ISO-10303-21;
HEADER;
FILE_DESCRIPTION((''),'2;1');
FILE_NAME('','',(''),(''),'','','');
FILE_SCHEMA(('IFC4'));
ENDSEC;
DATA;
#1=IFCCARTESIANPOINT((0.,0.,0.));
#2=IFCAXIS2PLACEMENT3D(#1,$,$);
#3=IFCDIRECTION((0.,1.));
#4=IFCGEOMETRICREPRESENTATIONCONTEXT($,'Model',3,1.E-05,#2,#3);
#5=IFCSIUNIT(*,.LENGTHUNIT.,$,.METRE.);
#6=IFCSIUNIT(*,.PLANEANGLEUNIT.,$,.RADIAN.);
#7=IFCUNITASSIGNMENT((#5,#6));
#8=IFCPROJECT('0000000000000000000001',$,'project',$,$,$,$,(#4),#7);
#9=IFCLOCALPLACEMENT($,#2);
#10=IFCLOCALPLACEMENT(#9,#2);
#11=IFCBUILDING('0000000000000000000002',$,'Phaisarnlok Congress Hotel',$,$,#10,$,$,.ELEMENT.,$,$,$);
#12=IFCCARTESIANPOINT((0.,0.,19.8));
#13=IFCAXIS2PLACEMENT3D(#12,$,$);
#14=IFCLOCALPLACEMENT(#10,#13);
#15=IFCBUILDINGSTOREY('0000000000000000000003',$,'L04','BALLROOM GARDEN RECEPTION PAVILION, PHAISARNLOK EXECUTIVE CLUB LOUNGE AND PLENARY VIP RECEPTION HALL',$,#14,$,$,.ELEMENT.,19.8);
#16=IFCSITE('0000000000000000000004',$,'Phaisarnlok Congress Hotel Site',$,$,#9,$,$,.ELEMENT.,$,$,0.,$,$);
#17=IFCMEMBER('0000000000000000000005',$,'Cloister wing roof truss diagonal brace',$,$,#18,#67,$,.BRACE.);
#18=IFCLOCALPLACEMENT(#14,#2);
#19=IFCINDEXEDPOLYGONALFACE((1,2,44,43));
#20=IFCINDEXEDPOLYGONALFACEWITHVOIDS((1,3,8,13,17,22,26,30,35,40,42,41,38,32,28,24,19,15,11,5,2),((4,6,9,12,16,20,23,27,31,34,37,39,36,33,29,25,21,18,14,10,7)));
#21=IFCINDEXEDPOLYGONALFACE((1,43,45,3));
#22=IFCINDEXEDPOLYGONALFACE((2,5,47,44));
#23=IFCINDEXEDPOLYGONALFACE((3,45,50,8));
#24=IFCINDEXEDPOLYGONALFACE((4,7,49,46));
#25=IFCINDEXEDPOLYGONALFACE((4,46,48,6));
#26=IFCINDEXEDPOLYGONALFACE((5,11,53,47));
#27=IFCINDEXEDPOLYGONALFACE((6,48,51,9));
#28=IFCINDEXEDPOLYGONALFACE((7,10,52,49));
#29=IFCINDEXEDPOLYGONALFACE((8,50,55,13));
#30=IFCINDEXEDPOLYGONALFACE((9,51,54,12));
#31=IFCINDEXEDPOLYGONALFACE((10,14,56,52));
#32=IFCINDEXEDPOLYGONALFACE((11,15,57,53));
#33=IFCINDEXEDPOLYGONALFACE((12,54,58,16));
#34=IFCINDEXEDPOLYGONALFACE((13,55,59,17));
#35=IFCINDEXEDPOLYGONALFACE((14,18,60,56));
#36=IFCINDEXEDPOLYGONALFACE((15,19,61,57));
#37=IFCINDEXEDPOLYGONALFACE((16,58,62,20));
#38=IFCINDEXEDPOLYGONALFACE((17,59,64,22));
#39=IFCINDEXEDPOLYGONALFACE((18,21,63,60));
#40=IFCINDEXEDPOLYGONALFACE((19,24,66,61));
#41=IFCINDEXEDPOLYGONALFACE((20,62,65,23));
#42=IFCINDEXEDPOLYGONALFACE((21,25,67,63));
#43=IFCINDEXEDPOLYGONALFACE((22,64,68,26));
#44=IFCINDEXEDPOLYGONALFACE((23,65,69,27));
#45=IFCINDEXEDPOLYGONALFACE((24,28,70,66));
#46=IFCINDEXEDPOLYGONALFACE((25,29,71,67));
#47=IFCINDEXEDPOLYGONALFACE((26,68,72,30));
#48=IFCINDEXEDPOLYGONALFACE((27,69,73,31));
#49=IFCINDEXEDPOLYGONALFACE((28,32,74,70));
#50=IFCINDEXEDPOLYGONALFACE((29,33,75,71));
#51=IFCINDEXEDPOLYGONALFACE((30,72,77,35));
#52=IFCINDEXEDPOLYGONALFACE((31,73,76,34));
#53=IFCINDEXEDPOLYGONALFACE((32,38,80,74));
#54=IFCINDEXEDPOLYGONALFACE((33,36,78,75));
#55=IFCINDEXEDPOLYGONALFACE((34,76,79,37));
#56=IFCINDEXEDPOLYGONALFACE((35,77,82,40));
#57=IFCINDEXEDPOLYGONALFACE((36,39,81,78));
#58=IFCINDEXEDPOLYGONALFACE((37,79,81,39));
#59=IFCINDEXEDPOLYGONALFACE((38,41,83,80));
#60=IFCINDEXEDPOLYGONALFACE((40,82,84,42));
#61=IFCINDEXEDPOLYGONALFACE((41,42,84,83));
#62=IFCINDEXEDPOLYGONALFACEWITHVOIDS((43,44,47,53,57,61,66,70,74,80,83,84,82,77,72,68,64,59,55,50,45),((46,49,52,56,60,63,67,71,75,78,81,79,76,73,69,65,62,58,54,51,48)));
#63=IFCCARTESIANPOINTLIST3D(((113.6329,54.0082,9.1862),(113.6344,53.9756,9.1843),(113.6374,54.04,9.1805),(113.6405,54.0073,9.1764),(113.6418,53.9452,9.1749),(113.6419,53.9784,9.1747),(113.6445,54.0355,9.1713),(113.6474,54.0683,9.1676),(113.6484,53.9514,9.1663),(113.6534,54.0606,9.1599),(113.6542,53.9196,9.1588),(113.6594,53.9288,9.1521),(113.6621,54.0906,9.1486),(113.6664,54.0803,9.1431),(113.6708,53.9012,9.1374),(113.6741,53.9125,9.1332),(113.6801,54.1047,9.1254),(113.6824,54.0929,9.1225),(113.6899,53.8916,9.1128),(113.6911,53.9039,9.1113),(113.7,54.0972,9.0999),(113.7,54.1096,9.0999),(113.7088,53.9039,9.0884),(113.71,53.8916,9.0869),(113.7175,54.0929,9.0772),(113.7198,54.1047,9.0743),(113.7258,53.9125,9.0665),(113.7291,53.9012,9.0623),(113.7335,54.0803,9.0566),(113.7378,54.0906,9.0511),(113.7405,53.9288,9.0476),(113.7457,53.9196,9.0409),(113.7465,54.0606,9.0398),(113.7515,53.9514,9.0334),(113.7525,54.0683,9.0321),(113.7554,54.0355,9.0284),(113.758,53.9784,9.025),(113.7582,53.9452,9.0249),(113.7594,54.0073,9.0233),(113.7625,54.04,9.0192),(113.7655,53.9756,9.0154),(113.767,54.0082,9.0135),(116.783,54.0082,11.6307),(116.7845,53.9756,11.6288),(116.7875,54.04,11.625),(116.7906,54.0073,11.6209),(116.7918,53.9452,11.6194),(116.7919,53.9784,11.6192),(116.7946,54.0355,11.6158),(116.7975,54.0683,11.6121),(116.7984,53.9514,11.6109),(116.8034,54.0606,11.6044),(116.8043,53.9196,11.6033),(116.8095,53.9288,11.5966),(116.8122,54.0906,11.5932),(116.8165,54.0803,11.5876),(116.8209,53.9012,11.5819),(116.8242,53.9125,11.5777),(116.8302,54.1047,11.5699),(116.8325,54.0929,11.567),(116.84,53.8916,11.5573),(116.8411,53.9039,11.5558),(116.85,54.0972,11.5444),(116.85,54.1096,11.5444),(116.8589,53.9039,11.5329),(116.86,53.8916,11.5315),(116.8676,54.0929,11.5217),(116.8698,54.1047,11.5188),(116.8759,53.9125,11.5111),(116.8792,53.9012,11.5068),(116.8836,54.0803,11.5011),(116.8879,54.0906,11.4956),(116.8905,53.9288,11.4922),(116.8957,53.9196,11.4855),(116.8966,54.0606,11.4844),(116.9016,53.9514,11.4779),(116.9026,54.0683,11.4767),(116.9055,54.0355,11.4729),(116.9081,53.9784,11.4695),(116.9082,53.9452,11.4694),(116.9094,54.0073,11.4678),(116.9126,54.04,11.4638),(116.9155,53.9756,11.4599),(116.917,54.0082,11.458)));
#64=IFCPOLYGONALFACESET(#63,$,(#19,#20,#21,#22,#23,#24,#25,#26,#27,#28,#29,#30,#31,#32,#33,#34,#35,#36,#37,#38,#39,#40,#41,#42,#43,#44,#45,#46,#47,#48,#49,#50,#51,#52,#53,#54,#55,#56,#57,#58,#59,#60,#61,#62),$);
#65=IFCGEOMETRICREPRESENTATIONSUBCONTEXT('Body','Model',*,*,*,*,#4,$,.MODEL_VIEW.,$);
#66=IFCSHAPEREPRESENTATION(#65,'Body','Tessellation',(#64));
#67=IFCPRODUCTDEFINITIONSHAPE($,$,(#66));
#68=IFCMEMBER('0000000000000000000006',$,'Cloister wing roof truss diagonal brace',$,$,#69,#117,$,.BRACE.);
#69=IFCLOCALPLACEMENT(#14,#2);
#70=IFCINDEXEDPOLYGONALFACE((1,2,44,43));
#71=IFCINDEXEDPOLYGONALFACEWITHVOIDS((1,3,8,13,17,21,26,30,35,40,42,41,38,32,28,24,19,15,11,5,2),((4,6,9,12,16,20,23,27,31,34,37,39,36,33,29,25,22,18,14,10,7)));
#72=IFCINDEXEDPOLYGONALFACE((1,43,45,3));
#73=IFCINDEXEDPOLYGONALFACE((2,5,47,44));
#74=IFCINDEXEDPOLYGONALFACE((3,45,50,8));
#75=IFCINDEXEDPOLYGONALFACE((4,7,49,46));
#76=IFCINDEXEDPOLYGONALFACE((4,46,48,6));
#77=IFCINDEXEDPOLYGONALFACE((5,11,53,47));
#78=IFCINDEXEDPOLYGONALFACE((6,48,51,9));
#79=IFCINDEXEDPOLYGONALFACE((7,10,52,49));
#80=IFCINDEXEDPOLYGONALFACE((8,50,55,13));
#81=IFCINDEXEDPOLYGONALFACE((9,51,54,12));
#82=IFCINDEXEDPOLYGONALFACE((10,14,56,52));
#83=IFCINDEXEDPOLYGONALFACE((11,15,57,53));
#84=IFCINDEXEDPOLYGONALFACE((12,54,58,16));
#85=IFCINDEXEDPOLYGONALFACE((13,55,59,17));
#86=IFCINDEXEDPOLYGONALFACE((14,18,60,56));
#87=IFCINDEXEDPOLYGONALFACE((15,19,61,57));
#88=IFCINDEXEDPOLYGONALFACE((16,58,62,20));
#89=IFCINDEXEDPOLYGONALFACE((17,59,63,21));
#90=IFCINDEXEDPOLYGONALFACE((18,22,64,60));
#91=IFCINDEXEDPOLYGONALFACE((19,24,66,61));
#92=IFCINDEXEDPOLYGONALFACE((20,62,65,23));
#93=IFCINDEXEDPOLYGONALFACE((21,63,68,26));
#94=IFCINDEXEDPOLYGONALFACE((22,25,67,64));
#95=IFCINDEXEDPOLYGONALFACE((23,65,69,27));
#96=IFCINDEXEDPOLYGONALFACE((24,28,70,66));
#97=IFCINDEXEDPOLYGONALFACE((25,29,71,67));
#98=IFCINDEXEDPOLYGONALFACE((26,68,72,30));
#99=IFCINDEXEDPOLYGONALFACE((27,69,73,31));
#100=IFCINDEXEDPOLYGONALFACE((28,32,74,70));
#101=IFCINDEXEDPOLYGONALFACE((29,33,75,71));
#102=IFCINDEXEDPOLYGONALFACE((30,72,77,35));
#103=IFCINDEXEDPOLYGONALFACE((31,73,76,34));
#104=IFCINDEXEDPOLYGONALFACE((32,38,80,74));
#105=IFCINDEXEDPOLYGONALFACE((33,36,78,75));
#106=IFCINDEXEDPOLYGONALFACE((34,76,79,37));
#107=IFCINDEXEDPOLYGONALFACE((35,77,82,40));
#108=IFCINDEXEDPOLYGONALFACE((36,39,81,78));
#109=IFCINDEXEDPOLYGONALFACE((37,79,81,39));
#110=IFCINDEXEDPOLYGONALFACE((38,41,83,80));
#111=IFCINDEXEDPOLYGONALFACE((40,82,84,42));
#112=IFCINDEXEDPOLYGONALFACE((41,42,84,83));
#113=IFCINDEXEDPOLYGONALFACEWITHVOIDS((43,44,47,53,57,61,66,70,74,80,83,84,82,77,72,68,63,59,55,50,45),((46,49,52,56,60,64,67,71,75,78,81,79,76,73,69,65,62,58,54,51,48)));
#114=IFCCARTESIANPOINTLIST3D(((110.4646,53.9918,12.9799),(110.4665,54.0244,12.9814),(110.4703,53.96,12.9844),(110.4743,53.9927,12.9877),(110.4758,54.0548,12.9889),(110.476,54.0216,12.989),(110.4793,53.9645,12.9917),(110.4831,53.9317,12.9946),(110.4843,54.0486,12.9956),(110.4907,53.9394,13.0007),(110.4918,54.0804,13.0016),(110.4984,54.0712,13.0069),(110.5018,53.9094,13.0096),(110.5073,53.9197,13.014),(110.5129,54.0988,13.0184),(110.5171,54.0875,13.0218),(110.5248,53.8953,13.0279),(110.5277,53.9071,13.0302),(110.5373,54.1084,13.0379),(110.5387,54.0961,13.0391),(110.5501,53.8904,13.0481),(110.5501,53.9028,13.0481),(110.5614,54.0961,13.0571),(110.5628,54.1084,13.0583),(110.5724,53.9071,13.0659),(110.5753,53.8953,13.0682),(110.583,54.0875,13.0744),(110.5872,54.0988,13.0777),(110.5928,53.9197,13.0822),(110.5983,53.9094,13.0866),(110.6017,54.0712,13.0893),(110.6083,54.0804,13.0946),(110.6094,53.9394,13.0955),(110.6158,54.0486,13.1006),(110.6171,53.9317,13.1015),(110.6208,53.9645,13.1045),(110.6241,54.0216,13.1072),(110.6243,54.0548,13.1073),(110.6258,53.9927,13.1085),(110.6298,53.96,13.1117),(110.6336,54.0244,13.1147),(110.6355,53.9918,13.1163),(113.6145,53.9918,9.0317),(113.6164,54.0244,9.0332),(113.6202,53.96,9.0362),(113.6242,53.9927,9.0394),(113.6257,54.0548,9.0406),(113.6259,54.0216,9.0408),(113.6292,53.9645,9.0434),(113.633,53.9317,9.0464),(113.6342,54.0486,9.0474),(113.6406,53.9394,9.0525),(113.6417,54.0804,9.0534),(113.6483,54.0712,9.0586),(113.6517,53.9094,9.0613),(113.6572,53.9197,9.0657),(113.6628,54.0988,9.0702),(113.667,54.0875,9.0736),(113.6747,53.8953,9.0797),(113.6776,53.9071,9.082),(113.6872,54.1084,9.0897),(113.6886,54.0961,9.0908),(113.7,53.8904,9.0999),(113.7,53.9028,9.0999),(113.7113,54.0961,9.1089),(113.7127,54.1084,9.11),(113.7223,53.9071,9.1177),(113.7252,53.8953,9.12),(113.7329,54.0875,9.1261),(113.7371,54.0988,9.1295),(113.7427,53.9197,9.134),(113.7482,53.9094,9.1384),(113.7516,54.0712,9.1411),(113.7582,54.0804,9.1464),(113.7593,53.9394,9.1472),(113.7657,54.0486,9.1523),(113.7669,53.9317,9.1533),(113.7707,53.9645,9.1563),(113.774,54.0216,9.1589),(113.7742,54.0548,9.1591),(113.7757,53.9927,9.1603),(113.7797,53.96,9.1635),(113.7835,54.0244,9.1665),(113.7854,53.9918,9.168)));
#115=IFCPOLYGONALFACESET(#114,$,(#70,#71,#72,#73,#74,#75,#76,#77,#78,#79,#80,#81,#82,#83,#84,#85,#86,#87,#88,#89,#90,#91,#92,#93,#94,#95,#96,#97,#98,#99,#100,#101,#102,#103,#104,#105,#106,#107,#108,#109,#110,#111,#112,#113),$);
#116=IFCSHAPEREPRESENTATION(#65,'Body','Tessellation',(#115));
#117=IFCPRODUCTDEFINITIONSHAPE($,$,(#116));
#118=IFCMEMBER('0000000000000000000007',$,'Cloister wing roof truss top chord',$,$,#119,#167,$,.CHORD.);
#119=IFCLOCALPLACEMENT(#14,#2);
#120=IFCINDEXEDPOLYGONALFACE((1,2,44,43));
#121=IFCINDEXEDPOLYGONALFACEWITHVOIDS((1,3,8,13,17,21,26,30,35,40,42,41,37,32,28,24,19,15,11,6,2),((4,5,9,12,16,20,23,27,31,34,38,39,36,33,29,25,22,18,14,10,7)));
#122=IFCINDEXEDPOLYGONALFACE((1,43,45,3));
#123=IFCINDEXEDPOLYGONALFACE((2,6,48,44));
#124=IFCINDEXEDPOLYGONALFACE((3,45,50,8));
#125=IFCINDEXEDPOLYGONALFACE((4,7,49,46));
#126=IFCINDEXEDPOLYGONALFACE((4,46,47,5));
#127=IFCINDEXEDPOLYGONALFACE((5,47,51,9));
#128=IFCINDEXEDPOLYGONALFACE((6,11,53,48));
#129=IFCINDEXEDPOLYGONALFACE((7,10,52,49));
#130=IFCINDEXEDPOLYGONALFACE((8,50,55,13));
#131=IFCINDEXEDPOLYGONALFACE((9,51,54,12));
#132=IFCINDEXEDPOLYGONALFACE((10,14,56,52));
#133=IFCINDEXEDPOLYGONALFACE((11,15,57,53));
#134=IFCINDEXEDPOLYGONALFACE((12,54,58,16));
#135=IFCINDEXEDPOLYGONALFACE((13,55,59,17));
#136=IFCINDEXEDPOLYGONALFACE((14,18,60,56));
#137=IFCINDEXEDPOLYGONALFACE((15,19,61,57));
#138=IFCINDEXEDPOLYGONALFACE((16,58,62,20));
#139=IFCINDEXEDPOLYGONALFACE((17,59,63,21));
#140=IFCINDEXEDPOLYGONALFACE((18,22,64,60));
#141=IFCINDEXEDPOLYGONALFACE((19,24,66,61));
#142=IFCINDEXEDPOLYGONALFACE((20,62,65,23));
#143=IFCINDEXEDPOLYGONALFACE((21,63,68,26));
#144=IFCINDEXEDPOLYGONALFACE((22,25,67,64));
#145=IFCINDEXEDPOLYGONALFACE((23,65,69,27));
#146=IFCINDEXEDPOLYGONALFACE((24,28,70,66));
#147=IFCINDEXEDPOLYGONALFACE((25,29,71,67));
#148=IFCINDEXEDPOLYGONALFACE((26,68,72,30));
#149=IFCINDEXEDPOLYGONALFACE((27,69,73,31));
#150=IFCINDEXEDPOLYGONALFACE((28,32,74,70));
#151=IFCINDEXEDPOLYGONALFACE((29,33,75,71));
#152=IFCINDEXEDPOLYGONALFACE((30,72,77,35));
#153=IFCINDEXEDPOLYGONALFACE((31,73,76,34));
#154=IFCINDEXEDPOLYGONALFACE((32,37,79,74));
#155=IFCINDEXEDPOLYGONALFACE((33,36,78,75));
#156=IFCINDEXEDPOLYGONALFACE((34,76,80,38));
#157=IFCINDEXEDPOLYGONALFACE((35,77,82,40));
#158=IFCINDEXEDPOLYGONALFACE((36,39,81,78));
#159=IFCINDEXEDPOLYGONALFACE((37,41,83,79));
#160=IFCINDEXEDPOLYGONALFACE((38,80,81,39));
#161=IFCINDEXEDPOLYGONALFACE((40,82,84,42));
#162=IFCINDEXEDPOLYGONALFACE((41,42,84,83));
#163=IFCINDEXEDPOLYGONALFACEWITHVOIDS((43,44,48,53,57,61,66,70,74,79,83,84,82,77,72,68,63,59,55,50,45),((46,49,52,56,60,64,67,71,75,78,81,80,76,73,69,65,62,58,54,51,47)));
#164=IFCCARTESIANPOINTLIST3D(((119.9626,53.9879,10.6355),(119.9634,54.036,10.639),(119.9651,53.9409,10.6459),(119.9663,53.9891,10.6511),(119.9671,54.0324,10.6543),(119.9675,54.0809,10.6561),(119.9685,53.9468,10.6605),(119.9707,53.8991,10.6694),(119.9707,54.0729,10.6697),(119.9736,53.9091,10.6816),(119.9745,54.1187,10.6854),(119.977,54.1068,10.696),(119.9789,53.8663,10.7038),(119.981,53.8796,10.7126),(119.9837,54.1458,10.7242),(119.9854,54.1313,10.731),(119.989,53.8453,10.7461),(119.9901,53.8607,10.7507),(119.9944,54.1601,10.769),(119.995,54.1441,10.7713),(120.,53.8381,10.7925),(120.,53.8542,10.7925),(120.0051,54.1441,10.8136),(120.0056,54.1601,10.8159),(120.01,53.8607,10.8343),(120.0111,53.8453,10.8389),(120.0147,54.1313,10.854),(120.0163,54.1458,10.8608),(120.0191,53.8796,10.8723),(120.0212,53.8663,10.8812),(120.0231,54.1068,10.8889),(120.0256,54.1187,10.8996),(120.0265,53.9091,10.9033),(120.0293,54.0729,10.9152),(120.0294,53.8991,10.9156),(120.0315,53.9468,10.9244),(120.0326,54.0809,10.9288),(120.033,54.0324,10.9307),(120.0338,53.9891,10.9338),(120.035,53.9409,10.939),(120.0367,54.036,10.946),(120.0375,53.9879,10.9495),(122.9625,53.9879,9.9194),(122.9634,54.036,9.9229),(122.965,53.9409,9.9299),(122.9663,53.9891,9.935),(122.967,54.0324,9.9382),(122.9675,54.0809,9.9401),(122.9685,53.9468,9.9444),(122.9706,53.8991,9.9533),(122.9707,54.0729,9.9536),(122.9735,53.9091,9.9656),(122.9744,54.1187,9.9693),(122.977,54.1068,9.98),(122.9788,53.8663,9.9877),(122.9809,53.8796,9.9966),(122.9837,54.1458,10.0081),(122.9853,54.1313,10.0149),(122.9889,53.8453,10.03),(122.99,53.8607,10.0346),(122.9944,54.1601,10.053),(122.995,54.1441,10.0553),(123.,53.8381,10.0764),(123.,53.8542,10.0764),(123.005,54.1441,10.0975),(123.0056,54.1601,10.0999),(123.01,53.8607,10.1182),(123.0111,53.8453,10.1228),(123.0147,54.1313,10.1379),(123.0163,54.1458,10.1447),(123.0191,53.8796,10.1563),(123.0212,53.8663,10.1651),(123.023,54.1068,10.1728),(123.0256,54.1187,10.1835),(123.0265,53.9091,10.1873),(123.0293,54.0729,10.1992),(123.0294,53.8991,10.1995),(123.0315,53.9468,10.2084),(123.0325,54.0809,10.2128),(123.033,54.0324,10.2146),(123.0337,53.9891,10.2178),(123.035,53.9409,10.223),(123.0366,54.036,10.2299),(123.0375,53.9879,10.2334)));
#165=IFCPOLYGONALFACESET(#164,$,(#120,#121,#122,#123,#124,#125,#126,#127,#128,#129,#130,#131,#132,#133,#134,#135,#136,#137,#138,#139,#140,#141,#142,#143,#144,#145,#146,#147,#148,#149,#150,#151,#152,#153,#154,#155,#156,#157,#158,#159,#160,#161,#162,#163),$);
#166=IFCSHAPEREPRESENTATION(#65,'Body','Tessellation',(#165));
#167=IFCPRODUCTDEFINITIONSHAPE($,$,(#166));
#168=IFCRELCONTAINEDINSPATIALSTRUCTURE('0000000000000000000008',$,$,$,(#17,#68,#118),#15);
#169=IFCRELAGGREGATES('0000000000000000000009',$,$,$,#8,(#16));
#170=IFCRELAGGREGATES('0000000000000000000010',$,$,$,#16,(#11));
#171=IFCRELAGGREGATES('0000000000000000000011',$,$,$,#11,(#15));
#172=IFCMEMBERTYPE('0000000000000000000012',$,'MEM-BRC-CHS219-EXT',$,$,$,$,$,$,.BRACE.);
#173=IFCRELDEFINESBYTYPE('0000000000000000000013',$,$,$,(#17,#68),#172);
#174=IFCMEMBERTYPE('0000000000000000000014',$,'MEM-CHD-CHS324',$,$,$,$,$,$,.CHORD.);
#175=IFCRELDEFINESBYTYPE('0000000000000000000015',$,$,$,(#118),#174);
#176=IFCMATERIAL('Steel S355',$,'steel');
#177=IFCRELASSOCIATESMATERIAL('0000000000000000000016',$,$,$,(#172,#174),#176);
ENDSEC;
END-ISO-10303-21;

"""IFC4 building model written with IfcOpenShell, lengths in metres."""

from ifc_helpers import new_model, si_unit, direction, frame, origin, origin_2d, place, context, subcontext, project, spatial, hollow_circle, extrude, material, material_profile, profile_set, type_object, element, save


model = new_model("IFC4")

# Units and contexts
model_context = context("Model", 3, precision=1e-05, world=origin(), true_north=direction((0.0, 1.0)))
body_context = subcontext(model_context, "Body", "Model", "MODEL_VIEW")
ifc_project = project(units=[si_unit("LENGTHUNIT", "METRE"), si_unit("PLANEANGLEUNIT", "RADIAN")], contexts=[model_context])

# Site, building, storey
site_placement = place(None, origin())
site = spatial("IfcSite", under=ifc_project, at=site_placement, Name="Phaisarnlok Congress Hotel Site", CompositionType="ELEMENT", RefElevation=0.0)
building_placement = place(site_placement, origin())
building = spatial("IfcBuilding", under=site, at=building_placement, Name="Phaisarnlok Congress Hotel", CompositionType="ELEMENT")
storey_placement = place(building_placement, frame((0.0, 0.0, 19.8)))
storey = spatial("IfcBuildingStorey", under=building, at=storey_placement, Name="L04", Description="BALLROOM GARDEN RECEPTION PAVILION, PHAISARNLOK EXECUTIVE CLUB LOUNGE AND PLENARY VIP RECEPTION HALL", CompositionType="ELEMENT", Elevation=19.8)

# Shared definitions
ifc_material_1 = material(Name="Steel S355", Category="steel")

# Members
ifc_material_profile_1 = material_profile(ifc_material_1, hollow_circle(Radius=0.1096, WallThickness=0.0125, at=origin_2d()), Name="CHS 219.1x12.5")
ifc_profile_set_1 = profile_set([ifc_material_profile_1], Name="Steel S355")
member_type_1 = type_object("IfcMemberType", Name="MEM-BRC-CHS219-EXT", PredefinedType="BRACE", material=ifc_profile_set_1)
member_1_placement = place(storey_placement, frame((113.7, 54.0, 9.0999), z_axis=(0.790024, 0.0, 0.613076), x_axis=(0.0, 1.0, 0.0)))
element("IfcMember", 1, at=member_1_placement, inside=storey, type_object=member_type_1, Name="Cloister wing roof truss diagonal brace", PredefinedType="BRACE", context=body_context, shape_type="SweptSolid", body=[
    extrude(hollow_circle(Radius=0.1096, WallThickness=0.0125, at=origin_2d()), origin(), (0.0, 0.0, 1.0), 3.9873),
])
member_2_placement = place(storey_placement, frame((113.7, 54.0, 9.0999), z_axis=(-0.623645, 0.0, 0.781708), x_axis=(0.0, -1.0, 0.0)))
element("IfcMember", 2, at=member_2_placement, inside=storey, type_object=member_type_1, Name="Cloister wing roof truss diagonal brace", PredefinedType="BRACE", context=body_context, shape_type="SweptSolid", body=[
    extrude(hollow_circle(Radius=0.1096, WallThickness=0.0125, at=origin_2d()), origin(), (0.0, 0.0, 1.0), 5.0508),
])
ifc_material_profile_2 = material_profile(ifc_material_1, hollow_circle(Radius=0.1619, WallThickness=0.0161, at=origin_2d()), Name="CHS 323.9x16")
ifc_profile_set_2 = profile_set([ifc_material_profile_2], Name="Steel S355")
member_type_2 = type_object("IfcMemberType", Name="MEM-CHD-CHS324", PredefinedType="CHORD", material=ifc_profile_set_2)
member_3_placement = place(storey_placement, frame((123.0, 54.0, 10.0764), z_axis=(-0.972676, 0.0, 0.232166), x_axis=(0.0, -1.0, 0.0)))
element("IfcMember", 3, at=member_3_placement, inside=storey, type_object=member_type_2, Name="Cloister wing roof truss top chord", PredefinedType="CHORD", context=body_context, shape_type="SweptSolid", body=[
    extrude(hollow_circle(Radius=0.1619, WallThickness=0.0161, at=origin_2d()), origin(), (0.0, 0.0, 1.0), 3.0842),
])

save(model, "model.ifc")
